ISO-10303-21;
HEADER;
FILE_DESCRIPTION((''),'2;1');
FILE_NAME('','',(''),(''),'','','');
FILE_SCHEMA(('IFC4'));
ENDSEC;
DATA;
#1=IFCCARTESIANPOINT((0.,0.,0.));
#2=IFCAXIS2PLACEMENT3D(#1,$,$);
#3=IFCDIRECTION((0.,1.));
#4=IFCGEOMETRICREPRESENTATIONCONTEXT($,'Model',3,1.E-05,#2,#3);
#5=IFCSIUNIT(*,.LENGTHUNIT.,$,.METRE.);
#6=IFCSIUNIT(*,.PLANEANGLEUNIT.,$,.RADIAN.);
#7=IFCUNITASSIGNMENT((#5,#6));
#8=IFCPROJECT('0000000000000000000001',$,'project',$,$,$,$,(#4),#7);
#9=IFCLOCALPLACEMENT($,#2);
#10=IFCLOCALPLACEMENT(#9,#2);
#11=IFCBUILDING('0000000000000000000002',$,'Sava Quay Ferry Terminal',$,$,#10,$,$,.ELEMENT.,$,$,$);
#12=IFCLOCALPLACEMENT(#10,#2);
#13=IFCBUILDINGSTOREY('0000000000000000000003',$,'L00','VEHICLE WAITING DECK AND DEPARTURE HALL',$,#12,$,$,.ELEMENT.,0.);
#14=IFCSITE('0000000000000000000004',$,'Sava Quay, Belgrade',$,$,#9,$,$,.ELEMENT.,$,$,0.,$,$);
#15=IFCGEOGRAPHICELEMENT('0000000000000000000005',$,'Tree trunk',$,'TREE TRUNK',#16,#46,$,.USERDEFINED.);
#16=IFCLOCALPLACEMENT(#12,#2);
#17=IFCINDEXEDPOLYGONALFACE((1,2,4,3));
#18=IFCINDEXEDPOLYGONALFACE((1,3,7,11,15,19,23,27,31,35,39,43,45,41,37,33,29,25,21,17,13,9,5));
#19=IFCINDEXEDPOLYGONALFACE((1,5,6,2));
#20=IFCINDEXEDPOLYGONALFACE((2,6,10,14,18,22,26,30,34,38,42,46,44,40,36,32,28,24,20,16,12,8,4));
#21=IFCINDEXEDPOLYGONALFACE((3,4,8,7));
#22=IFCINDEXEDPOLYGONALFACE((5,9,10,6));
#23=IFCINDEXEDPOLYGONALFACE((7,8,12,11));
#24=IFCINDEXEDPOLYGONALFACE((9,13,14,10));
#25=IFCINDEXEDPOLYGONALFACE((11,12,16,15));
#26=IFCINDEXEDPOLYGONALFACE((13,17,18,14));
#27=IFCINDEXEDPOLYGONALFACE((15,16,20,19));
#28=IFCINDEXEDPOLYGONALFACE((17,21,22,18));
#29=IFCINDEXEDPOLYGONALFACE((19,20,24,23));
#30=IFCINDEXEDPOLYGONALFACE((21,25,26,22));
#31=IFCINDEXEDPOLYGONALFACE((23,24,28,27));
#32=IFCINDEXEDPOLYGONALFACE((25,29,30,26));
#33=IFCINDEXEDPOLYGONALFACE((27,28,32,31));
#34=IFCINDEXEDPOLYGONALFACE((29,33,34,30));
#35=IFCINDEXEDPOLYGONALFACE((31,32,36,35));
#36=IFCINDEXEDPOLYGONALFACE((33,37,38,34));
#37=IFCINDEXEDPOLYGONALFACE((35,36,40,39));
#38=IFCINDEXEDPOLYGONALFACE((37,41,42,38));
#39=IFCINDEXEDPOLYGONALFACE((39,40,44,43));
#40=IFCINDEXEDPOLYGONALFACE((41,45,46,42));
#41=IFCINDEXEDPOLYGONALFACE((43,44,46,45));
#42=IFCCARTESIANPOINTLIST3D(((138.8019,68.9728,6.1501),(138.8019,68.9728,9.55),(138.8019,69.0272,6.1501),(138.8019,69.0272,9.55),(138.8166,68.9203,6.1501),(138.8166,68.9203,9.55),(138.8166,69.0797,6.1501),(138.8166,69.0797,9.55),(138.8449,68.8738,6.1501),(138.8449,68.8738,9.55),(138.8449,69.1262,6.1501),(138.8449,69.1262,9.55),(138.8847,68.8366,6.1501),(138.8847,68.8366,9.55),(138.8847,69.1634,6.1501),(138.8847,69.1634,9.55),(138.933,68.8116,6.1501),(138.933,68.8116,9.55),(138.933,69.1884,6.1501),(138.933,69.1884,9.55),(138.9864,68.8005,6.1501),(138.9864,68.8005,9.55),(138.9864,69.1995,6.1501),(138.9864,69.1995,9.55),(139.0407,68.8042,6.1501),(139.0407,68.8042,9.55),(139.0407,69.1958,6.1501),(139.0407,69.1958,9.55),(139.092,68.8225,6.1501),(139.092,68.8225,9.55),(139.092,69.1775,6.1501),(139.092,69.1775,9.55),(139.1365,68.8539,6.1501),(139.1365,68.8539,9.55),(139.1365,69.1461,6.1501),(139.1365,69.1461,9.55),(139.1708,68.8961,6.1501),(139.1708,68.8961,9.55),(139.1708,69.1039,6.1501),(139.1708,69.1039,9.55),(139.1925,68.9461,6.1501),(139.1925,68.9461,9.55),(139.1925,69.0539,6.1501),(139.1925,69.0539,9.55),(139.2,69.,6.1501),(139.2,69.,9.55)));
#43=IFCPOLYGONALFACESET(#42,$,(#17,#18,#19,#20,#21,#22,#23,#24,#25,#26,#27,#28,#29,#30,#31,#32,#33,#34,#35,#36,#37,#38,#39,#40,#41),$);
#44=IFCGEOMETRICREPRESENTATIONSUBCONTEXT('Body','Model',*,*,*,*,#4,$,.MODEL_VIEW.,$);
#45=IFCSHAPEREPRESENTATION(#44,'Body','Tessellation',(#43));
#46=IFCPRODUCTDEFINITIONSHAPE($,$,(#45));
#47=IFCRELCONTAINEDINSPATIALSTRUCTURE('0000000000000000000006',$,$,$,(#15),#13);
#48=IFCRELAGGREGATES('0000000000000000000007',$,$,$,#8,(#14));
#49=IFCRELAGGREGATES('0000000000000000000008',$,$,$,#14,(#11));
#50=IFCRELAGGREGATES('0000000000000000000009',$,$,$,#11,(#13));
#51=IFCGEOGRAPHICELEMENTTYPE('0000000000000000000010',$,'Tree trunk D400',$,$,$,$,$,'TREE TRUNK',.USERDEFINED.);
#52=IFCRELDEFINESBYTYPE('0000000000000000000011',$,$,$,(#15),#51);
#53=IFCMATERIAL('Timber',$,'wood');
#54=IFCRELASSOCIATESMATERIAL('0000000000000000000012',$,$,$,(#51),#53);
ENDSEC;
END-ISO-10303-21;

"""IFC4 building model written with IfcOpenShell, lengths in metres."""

from ifc_helpers import new_model, si_unit, direction, frame, origin, origin_2d, place, context, subcontext, project, spatial, circle, extrude, material, type_object, element, save


model = new_model("IFC4")

# Units and contexts
model_context = context("Model", 3, precision=1e-05, world=origin(), true_north=direction((0.0, 1.0)))
body_context = subcontext(model_context, "Body", "Model", "MODEL_VIEW")
ifc_project = project(units=[si_unit("LENGTHUNIT", "METRE"), si_unit("PLANEANGLEUNIT", "RADIAN")], contexts=[model_context])

# Site, building, storey
site_placement = place(None, origin())
site = spatial("IfcSite", under=ifc_project, at=site_placement, Name="Sava Quay, Belgrade", CompositionType="ELEMENT", RefElevation=0.0)
building_placement = place(site_placement, origin())
building = spatial("IfcBuilding", under=site, at=building_placement, Name="Sava Quay Ferry Terminal", CompositionType="ELEMENT")
storey_placement = place(building_placement, origin())
storey = spatial("IfcBuildingStorey", under=building, at=storey_placement, Name="L00", Description="VEHICLE WAITING DECK AND DEPARTURE HALL", CompositionType="ELEMENT", Elevation=0.0)

# Geographic element
ifc_material_1 = material(Name="Timber", Category="wood")
geographic_element_type_1 = type_object("IfcGeographicElementType", Name="Tree trunk D400", ElementType="TREE TRUNK", PredefinedType="USERDEFINED", material=ifc_material_1)
geographic_element_1_placement = place(storey_placement, frame((139.0, 69.0, 9.55), z_axis=(0.0, 0.0, -1.0), x_axis=(1.0, 0.0, 0.0)))
element("IfcGeographicElement", 1, at=geographic_element_1_placement, inside=storey, type_object=geographic_element_type_1, Name="Tree trunk", ObjectType="TREE TRUNK", PredefinedType="USERDEFINED", context=body_context, shape_type="SweptSolid", body=[
    extrude(circle(Radius=0.2, at=origin_2d()), origin(), (0.0, 0.0, 1.0), 3.3999),
])

save(model, "model.ifc")
